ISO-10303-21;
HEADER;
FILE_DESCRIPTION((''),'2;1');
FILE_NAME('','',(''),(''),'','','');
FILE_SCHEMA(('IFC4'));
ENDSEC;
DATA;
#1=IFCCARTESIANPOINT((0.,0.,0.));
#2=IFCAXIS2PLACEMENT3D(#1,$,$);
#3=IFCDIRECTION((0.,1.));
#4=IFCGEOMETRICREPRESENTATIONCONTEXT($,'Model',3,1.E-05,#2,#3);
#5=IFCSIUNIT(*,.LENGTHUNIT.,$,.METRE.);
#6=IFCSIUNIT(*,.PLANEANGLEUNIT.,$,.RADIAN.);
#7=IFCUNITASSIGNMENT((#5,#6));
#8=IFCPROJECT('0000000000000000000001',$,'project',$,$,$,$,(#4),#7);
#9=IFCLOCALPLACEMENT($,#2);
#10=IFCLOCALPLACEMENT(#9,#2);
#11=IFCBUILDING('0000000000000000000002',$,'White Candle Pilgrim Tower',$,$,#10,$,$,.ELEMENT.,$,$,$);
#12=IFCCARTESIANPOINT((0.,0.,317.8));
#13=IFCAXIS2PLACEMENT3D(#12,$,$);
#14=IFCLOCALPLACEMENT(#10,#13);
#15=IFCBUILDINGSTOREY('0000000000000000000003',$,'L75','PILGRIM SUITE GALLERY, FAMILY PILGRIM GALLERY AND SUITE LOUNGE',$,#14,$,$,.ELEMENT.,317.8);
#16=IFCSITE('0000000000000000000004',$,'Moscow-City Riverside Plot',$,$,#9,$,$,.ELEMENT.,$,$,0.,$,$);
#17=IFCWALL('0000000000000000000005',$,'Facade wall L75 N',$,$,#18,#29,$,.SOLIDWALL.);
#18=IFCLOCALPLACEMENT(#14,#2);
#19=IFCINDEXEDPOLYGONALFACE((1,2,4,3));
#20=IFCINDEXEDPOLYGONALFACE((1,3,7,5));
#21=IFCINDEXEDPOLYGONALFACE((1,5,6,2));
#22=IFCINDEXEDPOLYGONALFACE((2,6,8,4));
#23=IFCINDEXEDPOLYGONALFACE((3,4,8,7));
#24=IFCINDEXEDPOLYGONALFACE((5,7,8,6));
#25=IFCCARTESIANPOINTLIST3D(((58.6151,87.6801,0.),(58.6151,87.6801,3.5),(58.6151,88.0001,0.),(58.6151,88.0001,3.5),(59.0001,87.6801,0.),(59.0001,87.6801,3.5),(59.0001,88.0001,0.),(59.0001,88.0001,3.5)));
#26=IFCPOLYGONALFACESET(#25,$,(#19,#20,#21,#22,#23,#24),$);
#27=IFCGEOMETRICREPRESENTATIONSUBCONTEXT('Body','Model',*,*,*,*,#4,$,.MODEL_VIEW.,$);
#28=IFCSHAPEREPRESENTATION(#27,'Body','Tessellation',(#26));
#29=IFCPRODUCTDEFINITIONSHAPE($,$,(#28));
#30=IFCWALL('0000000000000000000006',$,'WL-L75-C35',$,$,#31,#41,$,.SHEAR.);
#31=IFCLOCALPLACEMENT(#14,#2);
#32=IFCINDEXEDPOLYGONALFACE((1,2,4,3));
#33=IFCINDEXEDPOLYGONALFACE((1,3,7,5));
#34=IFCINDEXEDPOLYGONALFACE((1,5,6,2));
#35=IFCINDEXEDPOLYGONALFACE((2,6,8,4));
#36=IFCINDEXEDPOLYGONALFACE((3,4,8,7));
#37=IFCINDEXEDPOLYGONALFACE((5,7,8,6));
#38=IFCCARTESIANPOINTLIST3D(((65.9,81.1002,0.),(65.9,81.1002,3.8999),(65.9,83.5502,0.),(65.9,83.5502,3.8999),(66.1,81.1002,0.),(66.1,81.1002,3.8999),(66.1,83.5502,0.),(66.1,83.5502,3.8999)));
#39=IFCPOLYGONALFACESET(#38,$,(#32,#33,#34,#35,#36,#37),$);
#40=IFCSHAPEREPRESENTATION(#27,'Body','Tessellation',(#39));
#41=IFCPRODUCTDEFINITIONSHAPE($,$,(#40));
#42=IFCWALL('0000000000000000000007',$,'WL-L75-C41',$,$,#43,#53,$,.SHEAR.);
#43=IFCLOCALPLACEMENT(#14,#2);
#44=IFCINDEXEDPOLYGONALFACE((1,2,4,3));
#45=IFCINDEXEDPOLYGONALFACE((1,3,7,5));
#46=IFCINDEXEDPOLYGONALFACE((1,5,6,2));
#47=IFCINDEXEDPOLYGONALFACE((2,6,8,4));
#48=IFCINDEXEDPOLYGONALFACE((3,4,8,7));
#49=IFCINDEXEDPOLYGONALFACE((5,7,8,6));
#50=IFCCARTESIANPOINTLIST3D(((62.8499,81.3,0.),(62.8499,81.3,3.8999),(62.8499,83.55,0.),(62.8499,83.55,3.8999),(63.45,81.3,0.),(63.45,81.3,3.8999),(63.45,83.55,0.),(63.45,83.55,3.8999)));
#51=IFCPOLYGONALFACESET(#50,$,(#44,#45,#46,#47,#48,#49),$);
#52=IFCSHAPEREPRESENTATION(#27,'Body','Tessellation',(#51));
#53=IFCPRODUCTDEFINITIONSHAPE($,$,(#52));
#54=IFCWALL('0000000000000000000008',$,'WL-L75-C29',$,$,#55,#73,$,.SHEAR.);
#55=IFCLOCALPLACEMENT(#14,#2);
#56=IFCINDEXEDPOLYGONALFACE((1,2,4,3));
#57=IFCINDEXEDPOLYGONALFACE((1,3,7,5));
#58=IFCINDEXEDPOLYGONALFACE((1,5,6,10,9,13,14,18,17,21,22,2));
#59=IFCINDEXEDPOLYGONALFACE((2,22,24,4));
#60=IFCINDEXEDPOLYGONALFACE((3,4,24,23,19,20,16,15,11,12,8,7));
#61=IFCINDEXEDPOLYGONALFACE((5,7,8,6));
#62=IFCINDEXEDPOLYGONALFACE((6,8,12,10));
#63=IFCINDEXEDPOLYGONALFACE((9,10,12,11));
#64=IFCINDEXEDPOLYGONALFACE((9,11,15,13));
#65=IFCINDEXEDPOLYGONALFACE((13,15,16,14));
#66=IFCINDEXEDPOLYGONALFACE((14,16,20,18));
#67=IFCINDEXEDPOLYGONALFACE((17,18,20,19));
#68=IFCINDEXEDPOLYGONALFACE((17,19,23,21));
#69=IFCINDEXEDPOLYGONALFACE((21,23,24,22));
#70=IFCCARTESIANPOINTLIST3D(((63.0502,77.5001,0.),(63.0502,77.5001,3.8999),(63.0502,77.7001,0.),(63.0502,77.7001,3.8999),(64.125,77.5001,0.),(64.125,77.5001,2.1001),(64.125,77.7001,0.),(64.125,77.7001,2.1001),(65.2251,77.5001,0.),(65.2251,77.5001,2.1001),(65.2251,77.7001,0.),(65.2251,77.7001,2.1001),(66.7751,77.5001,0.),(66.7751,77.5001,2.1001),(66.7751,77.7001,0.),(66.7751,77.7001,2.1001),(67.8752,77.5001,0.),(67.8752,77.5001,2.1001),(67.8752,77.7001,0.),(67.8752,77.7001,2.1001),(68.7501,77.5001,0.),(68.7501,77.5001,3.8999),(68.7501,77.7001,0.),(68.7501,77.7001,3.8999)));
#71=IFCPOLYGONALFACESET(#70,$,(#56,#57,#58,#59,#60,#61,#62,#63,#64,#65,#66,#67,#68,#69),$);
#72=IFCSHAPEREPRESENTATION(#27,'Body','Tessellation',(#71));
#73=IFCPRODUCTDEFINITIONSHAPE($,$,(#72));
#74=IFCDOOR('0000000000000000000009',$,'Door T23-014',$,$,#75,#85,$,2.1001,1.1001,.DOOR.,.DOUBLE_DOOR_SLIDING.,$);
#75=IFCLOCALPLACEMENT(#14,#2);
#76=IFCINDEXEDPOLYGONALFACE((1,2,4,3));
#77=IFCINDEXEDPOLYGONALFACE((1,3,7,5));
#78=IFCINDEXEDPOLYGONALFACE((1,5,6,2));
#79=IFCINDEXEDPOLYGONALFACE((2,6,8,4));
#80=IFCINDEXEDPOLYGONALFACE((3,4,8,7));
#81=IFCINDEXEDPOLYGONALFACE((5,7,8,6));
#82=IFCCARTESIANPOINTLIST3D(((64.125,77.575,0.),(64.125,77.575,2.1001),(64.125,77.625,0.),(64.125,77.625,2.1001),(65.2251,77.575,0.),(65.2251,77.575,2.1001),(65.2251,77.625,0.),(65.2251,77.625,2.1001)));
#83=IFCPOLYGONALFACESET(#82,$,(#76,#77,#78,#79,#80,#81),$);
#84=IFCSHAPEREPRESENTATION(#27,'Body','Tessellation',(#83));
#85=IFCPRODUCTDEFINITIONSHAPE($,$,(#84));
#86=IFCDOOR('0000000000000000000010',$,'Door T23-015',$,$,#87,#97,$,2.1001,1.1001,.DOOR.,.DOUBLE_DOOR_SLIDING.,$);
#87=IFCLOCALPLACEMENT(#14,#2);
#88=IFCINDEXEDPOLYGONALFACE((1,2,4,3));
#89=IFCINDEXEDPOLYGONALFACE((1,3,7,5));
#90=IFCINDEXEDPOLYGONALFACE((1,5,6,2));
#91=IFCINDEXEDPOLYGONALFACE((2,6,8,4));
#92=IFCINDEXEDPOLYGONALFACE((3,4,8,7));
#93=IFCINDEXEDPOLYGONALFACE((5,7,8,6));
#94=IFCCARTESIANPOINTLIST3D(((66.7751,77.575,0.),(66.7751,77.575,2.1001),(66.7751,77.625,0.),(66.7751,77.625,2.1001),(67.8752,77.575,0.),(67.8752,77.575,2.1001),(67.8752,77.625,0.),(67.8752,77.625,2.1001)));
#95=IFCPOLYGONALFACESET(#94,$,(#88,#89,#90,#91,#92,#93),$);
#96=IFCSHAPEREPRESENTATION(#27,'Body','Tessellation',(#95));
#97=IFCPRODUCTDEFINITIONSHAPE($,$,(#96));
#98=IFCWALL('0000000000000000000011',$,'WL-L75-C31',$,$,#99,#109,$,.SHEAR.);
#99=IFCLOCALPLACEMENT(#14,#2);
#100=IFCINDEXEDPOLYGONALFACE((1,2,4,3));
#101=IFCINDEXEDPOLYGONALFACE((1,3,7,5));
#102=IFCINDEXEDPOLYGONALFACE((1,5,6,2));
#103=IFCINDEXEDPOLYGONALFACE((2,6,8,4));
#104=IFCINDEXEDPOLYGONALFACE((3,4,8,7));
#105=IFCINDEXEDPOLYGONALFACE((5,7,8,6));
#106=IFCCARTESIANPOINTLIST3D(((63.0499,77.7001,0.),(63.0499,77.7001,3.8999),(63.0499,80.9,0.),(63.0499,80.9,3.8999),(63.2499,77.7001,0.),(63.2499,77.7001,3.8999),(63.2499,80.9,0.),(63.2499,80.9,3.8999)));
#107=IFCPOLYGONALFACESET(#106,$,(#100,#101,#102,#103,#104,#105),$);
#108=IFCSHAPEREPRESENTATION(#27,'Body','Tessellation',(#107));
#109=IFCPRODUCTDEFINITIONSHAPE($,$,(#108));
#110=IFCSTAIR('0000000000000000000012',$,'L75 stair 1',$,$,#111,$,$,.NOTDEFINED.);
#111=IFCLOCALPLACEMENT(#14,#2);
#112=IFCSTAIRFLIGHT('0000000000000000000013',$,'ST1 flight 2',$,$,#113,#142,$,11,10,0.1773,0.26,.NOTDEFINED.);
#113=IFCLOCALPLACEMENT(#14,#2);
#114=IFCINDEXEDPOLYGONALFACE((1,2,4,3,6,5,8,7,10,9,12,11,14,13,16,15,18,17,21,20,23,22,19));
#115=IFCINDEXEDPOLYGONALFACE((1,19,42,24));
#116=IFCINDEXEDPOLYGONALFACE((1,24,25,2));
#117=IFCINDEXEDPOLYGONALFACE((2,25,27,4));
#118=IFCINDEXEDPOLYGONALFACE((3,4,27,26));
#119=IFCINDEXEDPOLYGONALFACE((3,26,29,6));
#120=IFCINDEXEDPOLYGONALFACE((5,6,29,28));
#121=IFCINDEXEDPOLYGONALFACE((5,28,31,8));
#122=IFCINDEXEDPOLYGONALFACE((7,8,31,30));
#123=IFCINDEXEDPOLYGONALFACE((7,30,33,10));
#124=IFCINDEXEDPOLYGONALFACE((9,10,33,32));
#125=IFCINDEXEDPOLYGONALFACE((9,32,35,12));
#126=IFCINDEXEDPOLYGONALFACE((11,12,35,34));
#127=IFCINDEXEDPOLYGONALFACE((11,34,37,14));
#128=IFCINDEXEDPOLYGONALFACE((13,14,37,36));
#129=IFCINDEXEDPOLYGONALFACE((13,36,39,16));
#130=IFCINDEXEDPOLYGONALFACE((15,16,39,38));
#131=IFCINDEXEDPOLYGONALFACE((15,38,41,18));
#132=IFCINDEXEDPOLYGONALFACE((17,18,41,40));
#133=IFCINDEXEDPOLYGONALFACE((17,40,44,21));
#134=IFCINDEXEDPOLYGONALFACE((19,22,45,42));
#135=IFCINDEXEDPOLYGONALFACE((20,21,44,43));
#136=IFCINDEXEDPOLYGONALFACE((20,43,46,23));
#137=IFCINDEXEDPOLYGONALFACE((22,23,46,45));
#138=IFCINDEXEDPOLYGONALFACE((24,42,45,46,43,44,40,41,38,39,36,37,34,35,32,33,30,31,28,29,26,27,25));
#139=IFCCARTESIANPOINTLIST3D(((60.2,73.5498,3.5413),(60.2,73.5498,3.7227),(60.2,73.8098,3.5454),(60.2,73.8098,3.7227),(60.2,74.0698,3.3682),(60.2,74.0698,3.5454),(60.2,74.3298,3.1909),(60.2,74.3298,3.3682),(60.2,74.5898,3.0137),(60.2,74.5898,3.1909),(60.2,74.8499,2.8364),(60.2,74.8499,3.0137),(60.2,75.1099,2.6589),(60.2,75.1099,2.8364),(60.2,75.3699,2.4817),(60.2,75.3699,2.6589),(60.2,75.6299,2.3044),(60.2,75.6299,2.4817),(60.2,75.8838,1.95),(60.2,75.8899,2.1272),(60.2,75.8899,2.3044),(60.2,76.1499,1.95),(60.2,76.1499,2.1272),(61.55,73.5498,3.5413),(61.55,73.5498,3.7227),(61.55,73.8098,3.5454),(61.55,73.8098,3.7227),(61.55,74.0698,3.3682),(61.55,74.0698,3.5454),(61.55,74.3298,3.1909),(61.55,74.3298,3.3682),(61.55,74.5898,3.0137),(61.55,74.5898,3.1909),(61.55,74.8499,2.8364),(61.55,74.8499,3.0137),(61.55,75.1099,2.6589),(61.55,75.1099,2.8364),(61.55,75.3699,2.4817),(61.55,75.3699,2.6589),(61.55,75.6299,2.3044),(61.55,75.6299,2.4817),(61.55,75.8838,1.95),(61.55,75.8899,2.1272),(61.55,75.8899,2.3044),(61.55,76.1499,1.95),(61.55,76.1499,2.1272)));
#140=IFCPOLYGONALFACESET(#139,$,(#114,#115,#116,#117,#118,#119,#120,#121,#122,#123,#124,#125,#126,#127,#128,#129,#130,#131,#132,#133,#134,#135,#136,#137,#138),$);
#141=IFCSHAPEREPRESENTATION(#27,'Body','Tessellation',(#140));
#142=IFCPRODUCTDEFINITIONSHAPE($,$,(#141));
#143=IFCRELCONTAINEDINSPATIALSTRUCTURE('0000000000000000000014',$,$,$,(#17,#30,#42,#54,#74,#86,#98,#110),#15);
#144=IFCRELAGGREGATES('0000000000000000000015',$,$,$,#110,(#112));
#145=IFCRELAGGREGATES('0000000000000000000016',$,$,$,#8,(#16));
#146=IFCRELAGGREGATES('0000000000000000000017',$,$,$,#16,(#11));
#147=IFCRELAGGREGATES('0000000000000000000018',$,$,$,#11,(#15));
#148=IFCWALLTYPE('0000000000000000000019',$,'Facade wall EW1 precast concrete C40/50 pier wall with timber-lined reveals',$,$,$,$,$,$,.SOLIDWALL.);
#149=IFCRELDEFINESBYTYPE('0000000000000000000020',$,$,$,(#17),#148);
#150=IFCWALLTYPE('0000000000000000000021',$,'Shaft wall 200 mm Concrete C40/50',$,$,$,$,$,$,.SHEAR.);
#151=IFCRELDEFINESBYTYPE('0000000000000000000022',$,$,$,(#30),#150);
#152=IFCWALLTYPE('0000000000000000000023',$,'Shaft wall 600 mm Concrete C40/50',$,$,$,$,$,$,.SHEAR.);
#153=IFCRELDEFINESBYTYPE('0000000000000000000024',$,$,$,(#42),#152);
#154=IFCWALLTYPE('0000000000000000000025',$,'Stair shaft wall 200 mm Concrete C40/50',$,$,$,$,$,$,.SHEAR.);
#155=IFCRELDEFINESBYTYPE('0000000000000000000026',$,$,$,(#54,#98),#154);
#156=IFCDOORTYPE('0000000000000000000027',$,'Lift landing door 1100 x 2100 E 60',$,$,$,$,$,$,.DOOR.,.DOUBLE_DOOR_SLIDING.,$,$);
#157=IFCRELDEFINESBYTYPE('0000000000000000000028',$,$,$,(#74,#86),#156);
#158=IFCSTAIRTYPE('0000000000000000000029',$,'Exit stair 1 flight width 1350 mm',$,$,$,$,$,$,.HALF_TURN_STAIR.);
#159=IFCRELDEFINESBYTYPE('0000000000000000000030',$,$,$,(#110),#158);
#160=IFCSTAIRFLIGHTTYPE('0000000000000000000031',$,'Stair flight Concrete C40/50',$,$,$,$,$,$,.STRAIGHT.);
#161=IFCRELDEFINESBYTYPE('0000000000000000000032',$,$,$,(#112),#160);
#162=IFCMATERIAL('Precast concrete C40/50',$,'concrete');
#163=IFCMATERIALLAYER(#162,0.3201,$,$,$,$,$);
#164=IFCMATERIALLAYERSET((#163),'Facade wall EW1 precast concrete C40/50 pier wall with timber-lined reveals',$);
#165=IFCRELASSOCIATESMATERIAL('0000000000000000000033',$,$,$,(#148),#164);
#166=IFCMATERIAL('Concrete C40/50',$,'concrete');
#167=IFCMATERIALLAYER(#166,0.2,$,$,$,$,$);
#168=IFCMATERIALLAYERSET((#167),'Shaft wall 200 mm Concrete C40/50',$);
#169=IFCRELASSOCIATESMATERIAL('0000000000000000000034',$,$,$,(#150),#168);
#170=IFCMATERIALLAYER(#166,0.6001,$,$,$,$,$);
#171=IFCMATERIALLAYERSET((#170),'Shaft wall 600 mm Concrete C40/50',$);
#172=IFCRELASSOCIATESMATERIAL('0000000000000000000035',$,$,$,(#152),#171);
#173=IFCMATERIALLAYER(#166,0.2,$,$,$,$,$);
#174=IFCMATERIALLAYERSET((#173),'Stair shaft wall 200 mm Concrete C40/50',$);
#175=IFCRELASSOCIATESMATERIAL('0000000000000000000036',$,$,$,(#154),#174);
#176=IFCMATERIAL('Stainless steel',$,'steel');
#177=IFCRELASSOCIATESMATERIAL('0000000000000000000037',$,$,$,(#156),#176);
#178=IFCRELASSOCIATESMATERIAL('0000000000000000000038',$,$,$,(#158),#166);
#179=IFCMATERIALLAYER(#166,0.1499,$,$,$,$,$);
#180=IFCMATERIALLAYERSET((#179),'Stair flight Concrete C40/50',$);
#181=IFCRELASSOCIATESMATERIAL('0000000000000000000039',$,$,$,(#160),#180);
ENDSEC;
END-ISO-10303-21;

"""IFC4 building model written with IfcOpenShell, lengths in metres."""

from ifc_helpers import new_model, si_unit, direction, frame, frame_2d, origin, place, context, subcontext, project, spatial, polyline, rectangle, outline, extrude, material, layer, layer_set, type_object, element, fill, aggregate, save


model = new_model("IFC4")

# Units and contexts
model_context = context("Model", 3, precision=1e-05, world=origin(), true_north=direction((0.0, 1.0)))
body_context = subcontext(model_context, "Body", "Model", "MODEL_VIEW")
ifc_project = project(units=[si_unit("LENGTHUNIT", "METRE"), si_unit("PLANEANGLEUNIT", "RADIAN")], contexts=[model_context])

# Site, building, storey
site_placement = place(None, origin())
site = spatial("IfcSite", under=ifc_project, at=site_placement, Name="Moscow-City Riverside Plot", CompositionType="ELEMENT", RefElevation=0.0)
building_placement = place(site_placement, origin())
building = spatial("IfcBuilding", under=site, at=building_placement, Name="White Candle Pilgrim Tower", CompositionType="ELEMENT")
storey_placement = place(building_placement, frame((0.0, 0.0, 317.8)))
storey = spatial("IfcBuildingStorey", under=building, at=storey_placement, Name="L75", Description="PILGRIM SUITE GALLERY, FAMILY PILGRIM GALLERY AND SUITE LOUNGE", CompositionType="ELEMENT", Elevation=317.8)

# Shared definitions
ifc_material_1 = material(Name="Concrete C40/50", Category="concrete")

# Shared definitions
ifc_material_2 = material(Name="Stainless steel", Category="steel")

# Walls
ifc_material_3 = material(Name="Precast concrete C40/50", Category="concrete")
ifc_layer_1 = layer(ifc_material_3, 0.3201)
ifc_layer_set_1 = layer_set([ifc_layer_1], Name="Facade wall EW1 precast concrete C40/50 pier wall with timber-lined reveals")
wall_type_1 = type_object("IfcWallType", Name="Facade wall EW1 precast concrete C40/50 pier wall with timber-lined reveals", PredefinedType="SOLIDWALL", material=ifc_layer_set_1)
wall_1_placement = place(storey_placement, frame((59.0, 87.8401, 0.0), z_axis=(0.0, 0.0, 1.0), x_axis=(-1.0, 0.0, 0.0)))
element("IfcWall", 1, at=wall_1_placement, inside=storey, type_object=wall_type_1, Name="Facade wall L75 N", PredefinedType="SOLIDWALL", context=body_context, shape_type="SweptSolid", body=[
    extrude(rectangle(XDim=0.385, YDim=0.3201, at=frame_2d((0.1924, 0.0))), origin(), (0.0, 0.0, 1.0), 3.5),
])
ifc_layer_2 = layer(ifc_material_1, 0.2)
ifc_layer_set_2 = layer_set([ifc_layer_2], Name="Shaft wall 200 mm Concrete C40/50")
wall_type_2 = type_object("IfcWallType", Name="Shaft wall 200 mm Concrete C40/50", PredefinedType="SHEAR", material=ifc_layer_set_2)
wall_2_placement = place(storey_placement, frame((66.0, 81.1001, 0.0), z_axis=(0.0, 0.0, 1.0), x_axis=(0.0, 1.0, 0.0)))
element("IfcWall", 2, at=wall_2_placement, inside=storey, type_object=wall_type_2, Name="WL-L75-C35", PredefinedType="SHEAR", context=body_context, shape_type="SweptSolid", body=[
    extrude(rectangle(XDim=2.45, YDim=0.2, at=frame_2d((1.2251, 0.0))), origin(), (0.0, 0.0, 1.0), 3.8999),
])
ifc_layer_3 = layer(ifc_material_1, 0.6001)
ifc_layer_set_3 = layer_set([ifc_layer_3], Name="Shaft wall 600 mm Concrete C40/50")
wall_type_3 = type_object("IfcWallType", Name="Shaft wall 600 mm Concrete C40/50", PredefinedType="SHEAR", material=ifc_layer_set_3)
wall_3_placement = place(storey_placement, frame((63.1499, 81.3, 0.0), z_axis=(0.0, 0.0, 1.0), x_axis=(0.0, 1.0, 0.0)))
element("IfcWall", 3, at=wall_3_placement, inside=storey, type_object=wall_type_3, Name="WL-L75-C41", PredefinedType="SHEAR", context=body_context, shape_type="SweptSolid", body=[
    extrude(rectangle(XDim=2.25, YDim=0.6001, at=frame_2d((1.125, 0.0))), origin(), (0.0, 0.0, 1.0), 3.8999),
])

# Wall, openings, doors
ifc_layer_4 = layer(ifc_material_1, 0.2)
ifc_layer_set_4 = layer_set([ifc_layer_4], Name="Stair shaft wall 200 mm Concrete C40/50")
wall_type_4 = type_object("IfcWallType", Name="Stair shaft wall 200 mm Concrete C40/50", PredefinedType="SHEAR", material=ifc_layer_set_4)
wall_4_placement = place(storey_placement, frame((63.05, 77.6001, 0.0), z_axis=(0.0, 0.0, 1.0), x_axis=(1.0, 0.0, 0.0)))
wall_4 = element("IfcWall", 4, at=wall_4_placement, inside=storey, type_object=wall_type_4, Name="WL-L75-C29", PredefinedType="SHEAR", context=body_context, shape_type="SweptSolid", body=[
    extrude(rectangle(XDim=5.7, YDim=0.2, at=frame_2d((2.8501, 0.0))), origin(), (0.0, 0.0, 1.0), 3.8999),
])
opening_1_placement = place(wall_4_placement, frame((1.075, 0.0, 0.0)))
opening_1 = element("IfcOpeningElement", 5, at=opening_1_placement, cuts=wall_4, PredefinedType="OPENING", context=body_context, shape_type="SweptSolid", body=[
    extrude(rectangle(XDim=1.1001, YDim=2.1001, at=frame_2d((0.55, 1.05))), frame((0.0, 0.1099, 0.0), z_axis=(0.0, -1.0, 0.0), x_axis=(1.0, 0.0, 0.0)), (0.0, 0.0, 1.0), 0.22),
])
opening_2_placement = place(wall_4_placement, frame((3.7251, 0.0, 0.0)))
opening_2 = element("IfcOpeningElement", 6, at=opening_2_placement, cuts=wall_4, PredefinedType="OPENING", context=body_context, shape_type="SweptSolid", body=[
    extrude(rectangle(XDim=1.1001, YDim=2.1001, at=frame_2d((0.55, 1.05))), frame((0.0, 0.1099, 0.0), z_axis=(0.0, -1.0, 0.0), x_axis=(1.0, 0.0, 0.0)), (0.0, 0.0, 1.0), 0.22),
])
door_type_1 = type_object("IfcDoorType", Name="Lift landing door 1100 x 2100 E 60", OperationType="DOUBLE_DOOR_SLIDING", PredefinedType="DOOR", material=ifc_material_2)
door_1_placement = place(opening_1_placement, origin())
door_1 = element("IfcDoor", 7, at=door_1_placement, inside=storey, type_object=door_type_1, Name="Door T23-014", OperationType="DOUBLE_DOOR_SLIDING", OverallHeight=2.1001, OverallWidth=1.1001, PredefinedType="DOOR", context=body_context, shape_type="SweptSolid", body=[
    extrude(rectangle(XDim=1.1001, YDim=2.1001, at=frame_2d((0.55, 1.05))), frame((0.0, 0.0249, 0.0), z_axis=(0.0, -1.0, 0.0), x_axis=(1.0, 0.0, 0.0)), (0.0, 0.0, 1.0), 0.05),
])
fill(opening_1, door_1)
door_2_placement = place(opening_2_placement, origin())
door_2 = element("IfcDoor", 8, at=door_2_placement, inside=storey, type_object=door_type_1, Name="Door T23-015", OperationType="DOUBLE_DOOR_SLIDING", OverallHeight=2.1001, OverallWidth=1.1001, PredefinedType="DOOR", context=body_context, shape_type="SweptSolid", body=[
    extrude(rectangle(XDim=1.1001, YDim=2.1001, at=frame_2d((0.55, 1.05))), frame((0.0, 0.0249, 0.0), z_axis=(0.0, -1.0, 0.0), x_axis=(1.0, 0.0, 0.0)), (0.0, 0.0, 1.0), 0.05),
])
fill(opening_2, door_2)

# Wall
wall_5_placement = place(storey_placement, frame((63.1499, 77.7, 0.0), z_axis=(0.0, 0.0, 1.0), x_axis=(0.0, 1.0, 0.0)))
element("IfcWall", 9, at=wall_5_placement, inside=storey, type_object=wall_type_4, Name="WL-L75-C31", PredefinedType="SHEAR", context=body_context, shape_type="SweptSolid", body=[
    extrude(rectangle(XDim=3.2, YDim=0.2, at=frame_2d((1.6001, 0.0))), origin(), (0.0, 0.0, 1.0), 3.8999),
])

# Stair, stair flight
stair_type = type_object("IfcStairType", Name="Exit stair 1 flight width 1350 mm", PredefinedType="HALF_TURN_STAIR", material=ifc_material_1)
stair_placement = place(storey_placement, origin())
stair = element("IfcStair", 10, at=stair_placement, inside=storey, type_object=stair_type, Name="L75 stair 1", PredefinedType="NOTDEFINED")
ifc_layer_5 = layer(ifc_material_1, 0.1499)
ifc_layer_set_5 = layer_set([ifc_layer_5], Name="Stair flight Concrete C40/50")
stair_flight_type = type_object("IfcStairFlightType", Name="Stair flight Concrete C40/50", PredefinedType="STRAIGHT", material=ifc_layer_set_5)
stair_flight_placement = place(storey_placement, frame((60.875, 76.1499, 1.95), z_axis=(0.0, 0.0, 1.0), x_axis=(0.0, -1.0, 0.0)))
stair_flight = element("IfcStairFlight", 11, at=stair_flight_placement, type_object=stair_flight_type, Name="ST1 flight 2", NumberOfRisers=11, NumberOfTreads=10, PredefinedType="NOTDEFINED", RiserHeight=0.1773, TreadLength=0.26, context=body_context, shape_type="SweptSolid", body=[
    extrude(outline(polyline([(0.0, 0.0), (0.0, 0.1772), (0.26, 0.1772), (0.26, 0.3545), (0.52, 0.3545), (0.52, 0.5317), (0.78, 0.5317), (0.78, 0.709), (1.04, 0.709), (1.04, 0.8865), (1.3, 0.8865), (1.3, 1.0637), (1.5601, 1.0637), (1.5601, 1.241), (1.8201, 1.241), (1.8201, 1.4182), (2.0801, 1.4182), (2.0801, 1.5955), (2.3401, 1.5955), (2.3401, 1.7727), (2.6001, 1.7727), (2.6001, 1.95), (2.6001, 1.5913), (0.2661, 0.0), (0.0, 0.0)])), frame((0.0, 0.675, 0.0), z_axis=(0.0, -1.0, 0.0), x_axis=(1.0, 0.0, 0.0)), (0.0, 0.0, 1.0), 1.3501),
])
aggregate(stair, [stair_flight])

save(model, "model.ifc")
